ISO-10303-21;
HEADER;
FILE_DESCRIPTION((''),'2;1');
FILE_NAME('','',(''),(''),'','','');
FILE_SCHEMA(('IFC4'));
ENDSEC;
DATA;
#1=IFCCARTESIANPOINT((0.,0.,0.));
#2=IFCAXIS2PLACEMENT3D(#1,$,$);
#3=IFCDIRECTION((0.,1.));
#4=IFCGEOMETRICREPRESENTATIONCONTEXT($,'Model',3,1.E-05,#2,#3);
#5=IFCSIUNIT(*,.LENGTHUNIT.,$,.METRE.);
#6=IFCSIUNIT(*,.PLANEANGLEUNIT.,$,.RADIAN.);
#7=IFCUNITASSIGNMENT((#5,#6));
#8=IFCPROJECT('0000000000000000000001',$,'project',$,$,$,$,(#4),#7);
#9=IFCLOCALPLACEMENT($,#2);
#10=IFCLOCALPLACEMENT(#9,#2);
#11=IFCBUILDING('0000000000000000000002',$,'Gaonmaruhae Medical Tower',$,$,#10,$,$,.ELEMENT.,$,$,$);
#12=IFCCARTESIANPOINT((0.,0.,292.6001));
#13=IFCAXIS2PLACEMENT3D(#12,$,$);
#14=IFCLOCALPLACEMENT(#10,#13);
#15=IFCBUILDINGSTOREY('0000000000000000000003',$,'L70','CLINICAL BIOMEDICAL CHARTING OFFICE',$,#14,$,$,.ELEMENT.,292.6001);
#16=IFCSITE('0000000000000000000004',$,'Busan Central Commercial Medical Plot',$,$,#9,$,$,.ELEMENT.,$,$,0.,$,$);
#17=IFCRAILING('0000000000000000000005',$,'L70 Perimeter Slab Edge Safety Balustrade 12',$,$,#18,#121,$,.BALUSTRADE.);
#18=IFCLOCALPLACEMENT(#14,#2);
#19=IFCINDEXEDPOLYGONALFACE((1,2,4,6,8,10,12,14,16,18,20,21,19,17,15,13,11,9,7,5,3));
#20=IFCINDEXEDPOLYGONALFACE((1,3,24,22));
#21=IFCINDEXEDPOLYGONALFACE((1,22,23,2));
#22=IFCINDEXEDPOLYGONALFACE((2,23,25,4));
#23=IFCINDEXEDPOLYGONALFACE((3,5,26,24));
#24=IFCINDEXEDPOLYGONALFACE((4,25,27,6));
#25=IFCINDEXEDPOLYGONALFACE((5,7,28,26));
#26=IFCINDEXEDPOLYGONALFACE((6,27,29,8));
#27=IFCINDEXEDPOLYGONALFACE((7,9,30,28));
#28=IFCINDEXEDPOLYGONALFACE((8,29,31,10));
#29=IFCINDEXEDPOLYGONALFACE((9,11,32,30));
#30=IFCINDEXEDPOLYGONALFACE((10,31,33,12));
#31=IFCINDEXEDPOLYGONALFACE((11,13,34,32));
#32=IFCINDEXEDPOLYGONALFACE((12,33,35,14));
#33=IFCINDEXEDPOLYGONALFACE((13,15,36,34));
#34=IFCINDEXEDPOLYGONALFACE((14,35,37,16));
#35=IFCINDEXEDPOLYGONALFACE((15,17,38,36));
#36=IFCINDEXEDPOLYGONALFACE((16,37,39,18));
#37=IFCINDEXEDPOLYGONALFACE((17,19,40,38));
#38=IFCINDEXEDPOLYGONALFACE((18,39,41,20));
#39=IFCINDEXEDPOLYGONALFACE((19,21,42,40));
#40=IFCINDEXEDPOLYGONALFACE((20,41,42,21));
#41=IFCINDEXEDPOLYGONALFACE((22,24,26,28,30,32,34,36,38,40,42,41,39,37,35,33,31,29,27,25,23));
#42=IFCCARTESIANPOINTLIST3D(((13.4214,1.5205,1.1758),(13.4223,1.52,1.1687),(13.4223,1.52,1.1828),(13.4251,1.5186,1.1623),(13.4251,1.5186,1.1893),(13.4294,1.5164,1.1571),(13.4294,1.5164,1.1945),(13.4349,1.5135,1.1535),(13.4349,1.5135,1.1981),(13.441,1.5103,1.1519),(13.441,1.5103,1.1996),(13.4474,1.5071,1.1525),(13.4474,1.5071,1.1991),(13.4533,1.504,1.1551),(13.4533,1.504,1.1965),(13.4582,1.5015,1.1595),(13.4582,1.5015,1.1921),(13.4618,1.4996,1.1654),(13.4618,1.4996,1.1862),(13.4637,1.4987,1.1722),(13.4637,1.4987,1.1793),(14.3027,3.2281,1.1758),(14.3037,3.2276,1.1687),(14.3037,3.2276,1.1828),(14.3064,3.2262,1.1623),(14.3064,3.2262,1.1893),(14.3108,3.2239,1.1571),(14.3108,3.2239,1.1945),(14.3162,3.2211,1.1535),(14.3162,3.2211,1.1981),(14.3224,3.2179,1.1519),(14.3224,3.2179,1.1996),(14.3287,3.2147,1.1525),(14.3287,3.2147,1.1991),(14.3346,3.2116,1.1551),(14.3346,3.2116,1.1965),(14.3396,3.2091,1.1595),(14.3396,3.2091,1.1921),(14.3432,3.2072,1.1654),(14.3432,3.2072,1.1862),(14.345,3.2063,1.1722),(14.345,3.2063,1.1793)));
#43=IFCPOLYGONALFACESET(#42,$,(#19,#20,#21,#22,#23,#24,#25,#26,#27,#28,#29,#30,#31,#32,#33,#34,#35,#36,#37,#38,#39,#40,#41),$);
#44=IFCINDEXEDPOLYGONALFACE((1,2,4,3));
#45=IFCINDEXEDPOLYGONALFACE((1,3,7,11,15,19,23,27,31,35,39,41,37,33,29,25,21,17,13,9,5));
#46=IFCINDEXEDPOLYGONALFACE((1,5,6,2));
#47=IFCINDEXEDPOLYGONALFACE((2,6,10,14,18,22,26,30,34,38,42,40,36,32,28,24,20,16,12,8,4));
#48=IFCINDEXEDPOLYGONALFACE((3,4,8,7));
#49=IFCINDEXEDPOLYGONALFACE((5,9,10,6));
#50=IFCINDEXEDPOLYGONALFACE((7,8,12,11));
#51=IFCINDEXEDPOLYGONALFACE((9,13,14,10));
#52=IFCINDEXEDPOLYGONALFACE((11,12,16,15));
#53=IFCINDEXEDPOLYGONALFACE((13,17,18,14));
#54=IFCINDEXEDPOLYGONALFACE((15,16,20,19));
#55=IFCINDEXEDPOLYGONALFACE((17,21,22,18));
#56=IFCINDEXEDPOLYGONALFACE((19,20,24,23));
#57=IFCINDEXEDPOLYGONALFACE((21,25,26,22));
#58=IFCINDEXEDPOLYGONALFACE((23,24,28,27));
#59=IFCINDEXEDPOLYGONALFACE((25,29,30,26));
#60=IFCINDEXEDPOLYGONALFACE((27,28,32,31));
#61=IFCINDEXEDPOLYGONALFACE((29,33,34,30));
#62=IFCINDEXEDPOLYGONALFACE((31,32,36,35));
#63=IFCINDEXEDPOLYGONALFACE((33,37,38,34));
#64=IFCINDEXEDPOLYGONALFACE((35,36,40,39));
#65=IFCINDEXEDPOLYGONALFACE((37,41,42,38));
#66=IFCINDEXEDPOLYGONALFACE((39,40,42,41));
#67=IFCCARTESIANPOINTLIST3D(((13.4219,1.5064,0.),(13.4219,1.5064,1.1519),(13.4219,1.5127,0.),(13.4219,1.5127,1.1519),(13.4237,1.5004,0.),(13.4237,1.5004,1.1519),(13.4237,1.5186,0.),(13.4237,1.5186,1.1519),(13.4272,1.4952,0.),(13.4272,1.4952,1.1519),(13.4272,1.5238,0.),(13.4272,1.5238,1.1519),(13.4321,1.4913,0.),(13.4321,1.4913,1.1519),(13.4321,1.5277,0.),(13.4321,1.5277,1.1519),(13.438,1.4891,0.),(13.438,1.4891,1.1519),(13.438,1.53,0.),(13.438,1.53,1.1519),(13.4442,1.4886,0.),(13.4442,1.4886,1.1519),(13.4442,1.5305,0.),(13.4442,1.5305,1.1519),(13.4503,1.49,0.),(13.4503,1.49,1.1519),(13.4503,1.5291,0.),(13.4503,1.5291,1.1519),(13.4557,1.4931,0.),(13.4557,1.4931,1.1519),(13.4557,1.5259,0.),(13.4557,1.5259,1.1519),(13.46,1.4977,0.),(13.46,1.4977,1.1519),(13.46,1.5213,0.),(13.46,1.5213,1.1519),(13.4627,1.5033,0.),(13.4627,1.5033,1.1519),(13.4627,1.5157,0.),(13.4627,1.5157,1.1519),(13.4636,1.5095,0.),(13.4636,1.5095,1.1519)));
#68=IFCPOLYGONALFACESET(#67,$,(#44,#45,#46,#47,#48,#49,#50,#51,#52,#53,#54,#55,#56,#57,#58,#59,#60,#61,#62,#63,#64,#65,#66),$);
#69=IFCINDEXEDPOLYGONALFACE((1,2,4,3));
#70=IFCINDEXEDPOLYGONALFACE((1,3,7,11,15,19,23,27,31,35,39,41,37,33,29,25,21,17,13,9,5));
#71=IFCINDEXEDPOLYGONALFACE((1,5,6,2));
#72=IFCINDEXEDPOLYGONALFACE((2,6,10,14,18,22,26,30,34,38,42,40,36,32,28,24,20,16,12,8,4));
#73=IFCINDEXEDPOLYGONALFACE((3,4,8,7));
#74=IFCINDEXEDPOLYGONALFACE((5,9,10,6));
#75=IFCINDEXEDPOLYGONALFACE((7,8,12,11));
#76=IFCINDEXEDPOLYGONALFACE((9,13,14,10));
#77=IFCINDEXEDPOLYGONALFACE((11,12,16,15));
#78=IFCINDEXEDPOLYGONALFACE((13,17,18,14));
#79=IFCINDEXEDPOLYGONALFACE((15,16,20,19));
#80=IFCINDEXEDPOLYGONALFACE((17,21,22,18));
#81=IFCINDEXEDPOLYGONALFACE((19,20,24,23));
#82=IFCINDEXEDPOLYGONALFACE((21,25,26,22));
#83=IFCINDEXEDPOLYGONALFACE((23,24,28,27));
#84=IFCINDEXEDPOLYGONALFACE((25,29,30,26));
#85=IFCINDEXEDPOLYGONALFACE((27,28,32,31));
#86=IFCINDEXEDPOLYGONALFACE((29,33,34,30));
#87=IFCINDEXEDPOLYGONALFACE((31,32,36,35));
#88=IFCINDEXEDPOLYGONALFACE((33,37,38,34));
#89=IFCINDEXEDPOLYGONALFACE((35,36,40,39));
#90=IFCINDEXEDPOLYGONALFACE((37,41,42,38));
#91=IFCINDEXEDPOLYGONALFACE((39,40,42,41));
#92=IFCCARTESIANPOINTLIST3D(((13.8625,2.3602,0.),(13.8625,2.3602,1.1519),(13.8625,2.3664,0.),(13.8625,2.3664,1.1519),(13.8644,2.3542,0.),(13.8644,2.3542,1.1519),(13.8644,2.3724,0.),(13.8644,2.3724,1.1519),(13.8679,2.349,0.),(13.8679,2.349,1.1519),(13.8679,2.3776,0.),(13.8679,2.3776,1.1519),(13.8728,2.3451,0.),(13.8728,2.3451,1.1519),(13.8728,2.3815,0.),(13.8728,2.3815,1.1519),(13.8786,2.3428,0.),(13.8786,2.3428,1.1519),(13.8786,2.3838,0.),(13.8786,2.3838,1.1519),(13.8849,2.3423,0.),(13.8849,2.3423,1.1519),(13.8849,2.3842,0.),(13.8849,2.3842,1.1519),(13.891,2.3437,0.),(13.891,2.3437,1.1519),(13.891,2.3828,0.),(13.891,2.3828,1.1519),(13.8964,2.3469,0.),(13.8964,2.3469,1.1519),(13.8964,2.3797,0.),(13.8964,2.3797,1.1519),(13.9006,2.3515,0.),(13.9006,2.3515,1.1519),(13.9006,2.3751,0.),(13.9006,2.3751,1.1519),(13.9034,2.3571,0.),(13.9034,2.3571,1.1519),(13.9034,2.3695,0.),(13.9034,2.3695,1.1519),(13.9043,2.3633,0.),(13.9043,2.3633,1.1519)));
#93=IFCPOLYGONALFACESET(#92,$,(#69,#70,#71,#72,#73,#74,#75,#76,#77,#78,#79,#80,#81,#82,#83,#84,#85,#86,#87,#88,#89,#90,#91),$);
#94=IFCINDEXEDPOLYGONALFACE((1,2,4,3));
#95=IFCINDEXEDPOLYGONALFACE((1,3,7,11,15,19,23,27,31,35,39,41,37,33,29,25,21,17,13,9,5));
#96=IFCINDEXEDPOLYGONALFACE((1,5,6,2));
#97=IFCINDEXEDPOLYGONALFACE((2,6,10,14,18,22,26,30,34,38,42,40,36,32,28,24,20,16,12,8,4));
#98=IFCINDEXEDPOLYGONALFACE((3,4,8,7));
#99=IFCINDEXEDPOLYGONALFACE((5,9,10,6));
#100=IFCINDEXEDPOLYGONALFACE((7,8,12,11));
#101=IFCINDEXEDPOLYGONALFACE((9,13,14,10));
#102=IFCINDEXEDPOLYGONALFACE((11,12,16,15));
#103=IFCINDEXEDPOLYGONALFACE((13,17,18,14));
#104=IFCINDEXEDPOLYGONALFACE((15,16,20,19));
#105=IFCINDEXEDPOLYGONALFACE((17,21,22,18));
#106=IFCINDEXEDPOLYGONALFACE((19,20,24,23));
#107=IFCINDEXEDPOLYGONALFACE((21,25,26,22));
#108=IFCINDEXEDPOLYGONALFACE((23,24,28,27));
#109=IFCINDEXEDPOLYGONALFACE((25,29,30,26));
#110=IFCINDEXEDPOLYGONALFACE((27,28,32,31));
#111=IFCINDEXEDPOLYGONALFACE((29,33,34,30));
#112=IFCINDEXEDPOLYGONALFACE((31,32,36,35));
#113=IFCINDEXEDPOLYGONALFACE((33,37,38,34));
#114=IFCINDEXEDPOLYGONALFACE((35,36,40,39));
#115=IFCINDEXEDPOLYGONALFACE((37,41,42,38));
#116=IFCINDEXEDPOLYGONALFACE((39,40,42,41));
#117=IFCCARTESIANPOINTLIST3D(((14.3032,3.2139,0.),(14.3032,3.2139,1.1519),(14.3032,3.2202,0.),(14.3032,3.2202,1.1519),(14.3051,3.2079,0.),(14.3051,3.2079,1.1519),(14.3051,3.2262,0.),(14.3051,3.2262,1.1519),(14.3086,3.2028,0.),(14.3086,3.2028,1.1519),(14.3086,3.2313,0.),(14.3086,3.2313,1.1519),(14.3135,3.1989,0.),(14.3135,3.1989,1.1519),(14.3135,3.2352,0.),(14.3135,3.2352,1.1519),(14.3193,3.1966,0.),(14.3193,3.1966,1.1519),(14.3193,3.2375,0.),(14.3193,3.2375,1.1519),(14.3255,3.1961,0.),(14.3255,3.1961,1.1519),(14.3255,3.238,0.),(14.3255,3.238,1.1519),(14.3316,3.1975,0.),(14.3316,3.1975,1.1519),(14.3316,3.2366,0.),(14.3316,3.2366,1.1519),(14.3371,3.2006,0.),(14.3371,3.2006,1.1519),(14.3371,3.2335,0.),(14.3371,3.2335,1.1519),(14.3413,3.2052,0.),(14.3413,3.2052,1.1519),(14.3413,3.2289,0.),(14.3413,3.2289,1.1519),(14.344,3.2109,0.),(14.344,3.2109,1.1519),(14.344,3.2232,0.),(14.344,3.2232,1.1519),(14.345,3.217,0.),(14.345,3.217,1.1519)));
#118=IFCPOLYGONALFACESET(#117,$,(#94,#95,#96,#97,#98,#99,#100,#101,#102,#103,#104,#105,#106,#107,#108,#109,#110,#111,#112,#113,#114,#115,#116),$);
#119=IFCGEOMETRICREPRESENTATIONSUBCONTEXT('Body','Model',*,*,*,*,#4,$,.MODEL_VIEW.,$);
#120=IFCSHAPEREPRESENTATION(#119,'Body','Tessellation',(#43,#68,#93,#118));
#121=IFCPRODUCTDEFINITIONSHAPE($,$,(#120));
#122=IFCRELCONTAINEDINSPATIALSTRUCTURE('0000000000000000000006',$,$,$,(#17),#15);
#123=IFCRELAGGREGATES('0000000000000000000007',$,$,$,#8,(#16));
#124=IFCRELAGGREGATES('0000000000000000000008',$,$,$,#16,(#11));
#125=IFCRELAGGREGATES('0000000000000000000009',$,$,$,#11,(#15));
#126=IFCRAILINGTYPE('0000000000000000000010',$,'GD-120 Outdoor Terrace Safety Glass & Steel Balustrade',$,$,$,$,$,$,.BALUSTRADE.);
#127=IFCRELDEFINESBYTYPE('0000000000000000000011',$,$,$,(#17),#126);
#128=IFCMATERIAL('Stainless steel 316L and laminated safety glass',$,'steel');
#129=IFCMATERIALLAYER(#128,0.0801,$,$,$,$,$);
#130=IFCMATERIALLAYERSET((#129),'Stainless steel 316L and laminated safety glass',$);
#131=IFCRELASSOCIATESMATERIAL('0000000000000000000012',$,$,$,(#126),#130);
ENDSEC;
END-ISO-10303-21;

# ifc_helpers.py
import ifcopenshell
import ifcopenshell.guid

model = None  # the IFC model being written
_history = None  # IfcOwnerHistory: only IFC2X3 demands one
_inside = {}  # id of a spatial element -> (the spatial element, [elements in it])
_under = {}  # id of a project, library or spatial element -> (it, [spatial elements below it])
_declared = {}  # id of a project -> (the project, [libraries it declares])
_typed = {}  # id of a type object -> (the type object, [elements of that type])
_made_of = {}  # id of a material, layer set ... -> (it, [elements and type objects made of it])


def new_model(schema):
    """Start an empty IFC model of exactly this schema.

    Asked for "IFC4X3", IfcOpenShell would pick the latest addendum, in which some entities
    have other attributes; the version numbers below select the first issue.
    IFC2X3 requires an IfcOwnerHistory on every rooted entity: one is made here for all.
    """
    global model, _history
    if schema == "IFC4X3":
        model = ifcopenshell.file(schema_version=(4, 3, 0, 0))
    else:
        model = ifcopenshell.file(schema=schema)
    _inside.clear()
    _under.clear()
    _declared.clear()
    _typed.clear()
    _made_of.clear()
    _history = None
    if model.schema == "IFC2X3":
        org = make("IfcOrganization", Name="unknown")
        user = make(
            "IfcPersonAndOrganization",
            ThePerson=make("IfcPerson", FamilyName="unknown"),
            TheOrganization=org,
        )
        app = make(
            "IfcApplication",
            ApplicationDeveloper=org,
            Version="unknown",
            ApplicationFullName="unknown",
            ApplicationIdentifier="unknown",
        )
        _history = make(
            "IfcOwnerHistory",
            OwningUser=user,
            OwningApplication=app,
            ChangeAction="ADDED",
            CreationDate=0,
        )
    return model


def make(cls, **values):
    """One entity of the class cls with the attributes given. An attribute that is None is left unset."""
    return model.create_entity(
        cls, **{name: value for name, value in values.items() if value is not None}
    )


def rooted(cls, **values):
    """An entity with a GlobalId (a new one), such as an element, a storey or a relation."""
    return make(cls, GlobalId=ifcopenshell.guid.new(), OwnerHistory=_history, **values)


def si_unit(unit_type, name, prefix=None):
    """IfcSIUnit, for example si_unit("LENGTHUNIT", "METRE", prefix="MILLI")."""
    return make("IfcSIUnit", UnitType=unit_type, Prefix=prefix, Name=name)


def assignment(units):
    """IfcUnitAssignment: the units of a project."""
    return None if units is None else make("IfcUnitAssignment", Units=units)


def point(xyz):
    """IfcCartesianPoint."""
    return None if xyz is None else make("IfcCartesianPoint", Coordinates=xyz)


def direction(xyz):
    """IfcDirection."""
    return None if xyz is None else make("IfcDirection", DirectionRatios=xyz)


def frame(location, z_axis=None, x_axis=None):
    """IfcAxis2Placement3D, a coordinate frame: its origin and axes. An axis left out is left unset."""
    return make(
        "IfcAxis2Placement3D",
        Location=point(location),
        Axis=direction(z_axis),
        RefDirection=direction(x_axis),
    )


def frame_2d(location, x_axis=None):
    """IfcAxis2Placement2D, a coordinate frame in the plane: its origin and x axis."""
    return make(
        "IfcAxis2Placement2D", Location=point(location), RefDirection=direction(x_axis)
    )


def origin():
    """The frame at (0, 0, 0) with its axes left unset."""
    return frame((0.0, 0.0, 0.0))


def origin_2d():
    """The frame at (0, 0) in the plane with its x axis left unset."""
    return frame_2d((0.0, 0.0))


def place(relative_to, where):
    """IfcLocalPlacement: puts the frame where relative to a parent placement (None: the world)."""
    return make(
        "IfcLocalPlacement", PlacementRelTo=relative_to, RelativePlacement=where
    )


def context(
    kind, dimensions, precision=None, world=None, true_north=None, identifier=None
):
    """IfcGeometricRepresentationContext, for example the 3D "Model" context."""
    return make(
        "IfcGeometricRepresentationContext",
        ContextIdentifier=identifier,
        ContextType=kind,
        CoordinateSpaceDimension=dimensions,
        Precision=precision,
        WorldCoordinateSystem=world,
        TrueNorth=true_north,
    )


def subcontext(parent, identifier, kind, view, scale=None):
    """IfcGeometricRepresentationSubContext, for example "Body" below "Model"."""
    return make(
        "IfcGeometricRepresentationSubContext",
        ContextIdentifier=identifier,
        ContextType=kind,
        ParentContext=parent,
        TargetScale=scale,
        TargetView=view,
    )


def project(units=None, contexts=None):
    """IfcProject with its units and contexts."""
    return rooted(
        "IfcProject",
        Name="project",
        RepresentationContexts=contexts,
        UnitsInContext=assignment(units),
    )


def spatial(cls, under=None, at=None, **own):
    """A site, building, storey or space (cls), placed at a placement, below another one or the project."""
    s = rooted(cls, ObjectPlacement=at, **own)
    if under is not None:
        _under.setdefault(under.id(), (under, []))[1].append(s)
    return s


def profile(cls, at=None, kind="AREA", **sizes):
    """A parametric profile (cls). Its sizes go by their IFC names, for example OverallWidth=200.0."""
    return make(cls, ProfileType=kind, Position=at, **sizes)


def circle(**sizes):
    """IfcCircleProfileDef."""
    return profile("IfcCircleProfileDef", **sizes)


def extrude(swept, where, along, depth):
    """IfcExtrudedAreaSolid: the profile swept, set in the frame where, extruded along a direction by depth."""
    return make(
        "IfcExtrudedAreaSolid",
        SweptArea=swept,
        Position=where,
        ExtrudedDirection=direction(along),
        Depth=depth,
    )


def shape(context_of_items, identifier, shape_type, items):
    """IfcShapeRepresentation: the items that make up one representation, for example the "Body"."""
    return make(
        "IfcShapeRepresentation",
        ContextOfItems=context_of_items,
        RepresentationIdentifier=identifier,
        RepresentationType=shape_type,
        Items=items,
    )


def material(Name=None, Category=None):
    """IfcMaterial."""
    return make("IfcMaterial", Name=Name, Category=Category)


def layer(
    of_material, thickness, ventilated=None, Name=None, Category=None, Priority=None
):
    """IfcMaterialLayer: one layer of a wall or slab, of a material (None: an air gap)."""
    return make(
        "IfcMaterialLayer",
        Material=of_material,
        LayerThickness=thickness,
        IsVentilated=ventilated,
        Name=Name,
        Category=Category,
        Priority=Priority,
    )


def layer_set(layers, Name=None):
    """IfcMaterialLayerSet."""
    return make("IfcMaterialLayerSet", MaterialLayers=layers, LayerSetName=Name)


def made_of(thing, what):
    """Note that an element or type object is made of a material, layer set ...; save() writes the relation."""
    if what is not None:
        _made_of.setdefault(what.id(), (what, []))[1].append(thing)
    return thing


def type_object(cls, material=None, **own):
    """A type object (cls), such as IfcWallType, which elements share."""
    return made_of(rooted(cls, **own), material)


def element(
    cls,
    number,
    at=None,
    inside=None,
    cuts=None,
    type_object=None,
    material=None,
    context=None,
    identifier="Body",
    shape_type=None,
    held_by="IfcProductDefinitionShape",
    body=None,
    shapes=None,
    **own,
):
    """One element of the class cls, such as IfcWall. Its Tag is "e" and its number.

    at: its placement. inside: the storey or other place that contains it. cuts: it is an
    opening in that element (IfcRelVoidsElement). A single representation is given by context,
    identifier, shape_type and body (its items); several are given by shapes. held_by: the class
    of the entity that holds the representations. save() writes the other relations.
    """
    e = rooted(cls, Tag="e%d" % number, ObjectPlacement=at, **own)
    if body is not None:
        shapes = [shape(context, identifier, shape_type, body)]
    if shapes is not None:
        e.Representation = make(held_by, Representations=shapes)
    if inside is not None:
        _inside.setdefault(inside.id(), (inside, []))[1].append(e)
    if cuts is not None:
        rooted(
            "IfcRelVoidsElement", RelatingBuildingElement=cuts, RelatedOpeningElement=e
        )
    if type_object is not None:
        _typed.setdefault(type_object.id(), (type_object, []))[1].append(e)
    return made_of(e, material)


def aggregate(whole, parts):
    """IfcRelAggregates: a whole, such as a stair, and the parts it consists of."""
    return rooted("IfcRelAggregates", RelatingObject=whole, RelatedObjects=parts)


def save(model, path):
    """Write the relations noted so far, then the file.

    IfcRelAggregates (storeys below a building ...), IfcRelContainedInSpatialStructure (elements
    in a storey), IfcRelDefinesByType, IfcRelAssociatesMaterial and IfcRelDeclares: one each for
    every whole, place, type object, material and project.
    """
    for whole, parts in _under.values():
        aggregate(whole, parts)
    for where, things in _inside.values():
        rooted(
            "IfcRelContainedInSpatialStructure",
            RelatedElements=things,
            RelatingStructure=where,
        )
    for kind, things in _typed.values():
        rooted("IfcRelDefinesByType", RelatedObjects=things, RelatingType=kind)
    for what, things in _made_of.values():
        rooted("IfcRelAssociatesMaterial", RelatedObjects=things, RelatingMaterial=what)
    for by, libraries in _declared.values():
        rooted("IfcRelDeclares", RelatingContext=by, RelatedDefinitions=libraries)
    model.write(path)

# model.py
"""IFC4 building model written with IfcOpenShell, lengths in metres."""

from ifc_helpers import new_model, si_unit, direction, frame, origin, origin_2d, place, context, subcontext, project, spatial, circle, extrude, material, layer, layer_set, type_object, element, save


model = new_model("IFC4")

# Units and contexts
model_context = context("Model", 3, precision=1e-05, world=origin(), true_north=direction((0.0, 1.0)))
body_context = subcontext(model_context, "Body", "Model", "MODEL_VIEW")
ifc_project = project(units=[si_unit("LENGTHUNIT", "METRE"), si_unit("PLANEANGLEUNIT", "RADIAN")], contexts=[model_context])

# Site, building, storey
site_placement = place(None, origin())
site = spatial("IfcSite", under=ifc_project, at=site_placement, Name="Busan Central Commercial Medical Plot", CompositionType="ELEMENT", RefElevation=0.0)
building_placement = place(site_placement, origin())
building = spatial("IfcBuilding", under=site, at=building_placement, Name="Gaonmaruhae Medical Tower", CompositionType="ELEMENT")
storey_placement = place(building_placement, frame((0.0, 0.0, 292.6001)))
storey = spatial("IfcBuildingStorey", under=building, at=storey_placement, Name="L70", Description="CLINICAL BIOMEDICAL CHARTING OFFICE", CompositionType="ELEMENT", Elevation=292.6001)

# Railing
ifc_material_1 = material(Name="Stainless steel 316L and laminated safety glass", Category="steel")
ifc_layer_1 = layer(ifc_material_1, 0.0801)
ifc_layer_set_1 = layer_set([ifc_layer_1], Name="Stainless steel 316L and laminated safety glass")
railing_type_1 = type_object("IfcRailingType", Name="GD-120 Outdoor Terrace Safety Glass & Steel Balustrade", PredefinedType="BALUSTRADE", material=ifc_layer_set_1)
railing_1_placement = place(storey_placement, frame((13.4426, 1.5095, 0.0)))
element("IfcRailing", 1, at=railing_1_placement, inside=storey, type_object=railing_type_1, Name="L70 Perimeter Slab Edge Safety Balustrade 12", PredefinedType="BALUSTRADE", context=body_context, shape_type="SweptSolid", body=[
    extrude(circle(Radius=0.0239, at=origin_2d()), frame((0.0, 0.0, 1.1758), z_axis=(0.458662, 0.888611, 0.0), x_axis=(-0.888611, 0.458662, 0.0)), (0.0, 0.0, 1.0), 1.9216),
    extrude(circle(Radius=0.021, at=origin_2d()), origin(), (0.0, 0.0, 1.0), 1.1519),
    extrude(circle(Radius=0.021, at=origin_2d()), frame((0.4407, 0.8538, 0.0)), (0.0, 0.0, 1.0), 1.1519),
    extrude(circle(Radius=0.021, at=origin_2d()), frame((0.8813, 1.7075, 0.0)), (0.0, 0.0, 1.0), 1.1519),
])

save(model, "model.ifc")
